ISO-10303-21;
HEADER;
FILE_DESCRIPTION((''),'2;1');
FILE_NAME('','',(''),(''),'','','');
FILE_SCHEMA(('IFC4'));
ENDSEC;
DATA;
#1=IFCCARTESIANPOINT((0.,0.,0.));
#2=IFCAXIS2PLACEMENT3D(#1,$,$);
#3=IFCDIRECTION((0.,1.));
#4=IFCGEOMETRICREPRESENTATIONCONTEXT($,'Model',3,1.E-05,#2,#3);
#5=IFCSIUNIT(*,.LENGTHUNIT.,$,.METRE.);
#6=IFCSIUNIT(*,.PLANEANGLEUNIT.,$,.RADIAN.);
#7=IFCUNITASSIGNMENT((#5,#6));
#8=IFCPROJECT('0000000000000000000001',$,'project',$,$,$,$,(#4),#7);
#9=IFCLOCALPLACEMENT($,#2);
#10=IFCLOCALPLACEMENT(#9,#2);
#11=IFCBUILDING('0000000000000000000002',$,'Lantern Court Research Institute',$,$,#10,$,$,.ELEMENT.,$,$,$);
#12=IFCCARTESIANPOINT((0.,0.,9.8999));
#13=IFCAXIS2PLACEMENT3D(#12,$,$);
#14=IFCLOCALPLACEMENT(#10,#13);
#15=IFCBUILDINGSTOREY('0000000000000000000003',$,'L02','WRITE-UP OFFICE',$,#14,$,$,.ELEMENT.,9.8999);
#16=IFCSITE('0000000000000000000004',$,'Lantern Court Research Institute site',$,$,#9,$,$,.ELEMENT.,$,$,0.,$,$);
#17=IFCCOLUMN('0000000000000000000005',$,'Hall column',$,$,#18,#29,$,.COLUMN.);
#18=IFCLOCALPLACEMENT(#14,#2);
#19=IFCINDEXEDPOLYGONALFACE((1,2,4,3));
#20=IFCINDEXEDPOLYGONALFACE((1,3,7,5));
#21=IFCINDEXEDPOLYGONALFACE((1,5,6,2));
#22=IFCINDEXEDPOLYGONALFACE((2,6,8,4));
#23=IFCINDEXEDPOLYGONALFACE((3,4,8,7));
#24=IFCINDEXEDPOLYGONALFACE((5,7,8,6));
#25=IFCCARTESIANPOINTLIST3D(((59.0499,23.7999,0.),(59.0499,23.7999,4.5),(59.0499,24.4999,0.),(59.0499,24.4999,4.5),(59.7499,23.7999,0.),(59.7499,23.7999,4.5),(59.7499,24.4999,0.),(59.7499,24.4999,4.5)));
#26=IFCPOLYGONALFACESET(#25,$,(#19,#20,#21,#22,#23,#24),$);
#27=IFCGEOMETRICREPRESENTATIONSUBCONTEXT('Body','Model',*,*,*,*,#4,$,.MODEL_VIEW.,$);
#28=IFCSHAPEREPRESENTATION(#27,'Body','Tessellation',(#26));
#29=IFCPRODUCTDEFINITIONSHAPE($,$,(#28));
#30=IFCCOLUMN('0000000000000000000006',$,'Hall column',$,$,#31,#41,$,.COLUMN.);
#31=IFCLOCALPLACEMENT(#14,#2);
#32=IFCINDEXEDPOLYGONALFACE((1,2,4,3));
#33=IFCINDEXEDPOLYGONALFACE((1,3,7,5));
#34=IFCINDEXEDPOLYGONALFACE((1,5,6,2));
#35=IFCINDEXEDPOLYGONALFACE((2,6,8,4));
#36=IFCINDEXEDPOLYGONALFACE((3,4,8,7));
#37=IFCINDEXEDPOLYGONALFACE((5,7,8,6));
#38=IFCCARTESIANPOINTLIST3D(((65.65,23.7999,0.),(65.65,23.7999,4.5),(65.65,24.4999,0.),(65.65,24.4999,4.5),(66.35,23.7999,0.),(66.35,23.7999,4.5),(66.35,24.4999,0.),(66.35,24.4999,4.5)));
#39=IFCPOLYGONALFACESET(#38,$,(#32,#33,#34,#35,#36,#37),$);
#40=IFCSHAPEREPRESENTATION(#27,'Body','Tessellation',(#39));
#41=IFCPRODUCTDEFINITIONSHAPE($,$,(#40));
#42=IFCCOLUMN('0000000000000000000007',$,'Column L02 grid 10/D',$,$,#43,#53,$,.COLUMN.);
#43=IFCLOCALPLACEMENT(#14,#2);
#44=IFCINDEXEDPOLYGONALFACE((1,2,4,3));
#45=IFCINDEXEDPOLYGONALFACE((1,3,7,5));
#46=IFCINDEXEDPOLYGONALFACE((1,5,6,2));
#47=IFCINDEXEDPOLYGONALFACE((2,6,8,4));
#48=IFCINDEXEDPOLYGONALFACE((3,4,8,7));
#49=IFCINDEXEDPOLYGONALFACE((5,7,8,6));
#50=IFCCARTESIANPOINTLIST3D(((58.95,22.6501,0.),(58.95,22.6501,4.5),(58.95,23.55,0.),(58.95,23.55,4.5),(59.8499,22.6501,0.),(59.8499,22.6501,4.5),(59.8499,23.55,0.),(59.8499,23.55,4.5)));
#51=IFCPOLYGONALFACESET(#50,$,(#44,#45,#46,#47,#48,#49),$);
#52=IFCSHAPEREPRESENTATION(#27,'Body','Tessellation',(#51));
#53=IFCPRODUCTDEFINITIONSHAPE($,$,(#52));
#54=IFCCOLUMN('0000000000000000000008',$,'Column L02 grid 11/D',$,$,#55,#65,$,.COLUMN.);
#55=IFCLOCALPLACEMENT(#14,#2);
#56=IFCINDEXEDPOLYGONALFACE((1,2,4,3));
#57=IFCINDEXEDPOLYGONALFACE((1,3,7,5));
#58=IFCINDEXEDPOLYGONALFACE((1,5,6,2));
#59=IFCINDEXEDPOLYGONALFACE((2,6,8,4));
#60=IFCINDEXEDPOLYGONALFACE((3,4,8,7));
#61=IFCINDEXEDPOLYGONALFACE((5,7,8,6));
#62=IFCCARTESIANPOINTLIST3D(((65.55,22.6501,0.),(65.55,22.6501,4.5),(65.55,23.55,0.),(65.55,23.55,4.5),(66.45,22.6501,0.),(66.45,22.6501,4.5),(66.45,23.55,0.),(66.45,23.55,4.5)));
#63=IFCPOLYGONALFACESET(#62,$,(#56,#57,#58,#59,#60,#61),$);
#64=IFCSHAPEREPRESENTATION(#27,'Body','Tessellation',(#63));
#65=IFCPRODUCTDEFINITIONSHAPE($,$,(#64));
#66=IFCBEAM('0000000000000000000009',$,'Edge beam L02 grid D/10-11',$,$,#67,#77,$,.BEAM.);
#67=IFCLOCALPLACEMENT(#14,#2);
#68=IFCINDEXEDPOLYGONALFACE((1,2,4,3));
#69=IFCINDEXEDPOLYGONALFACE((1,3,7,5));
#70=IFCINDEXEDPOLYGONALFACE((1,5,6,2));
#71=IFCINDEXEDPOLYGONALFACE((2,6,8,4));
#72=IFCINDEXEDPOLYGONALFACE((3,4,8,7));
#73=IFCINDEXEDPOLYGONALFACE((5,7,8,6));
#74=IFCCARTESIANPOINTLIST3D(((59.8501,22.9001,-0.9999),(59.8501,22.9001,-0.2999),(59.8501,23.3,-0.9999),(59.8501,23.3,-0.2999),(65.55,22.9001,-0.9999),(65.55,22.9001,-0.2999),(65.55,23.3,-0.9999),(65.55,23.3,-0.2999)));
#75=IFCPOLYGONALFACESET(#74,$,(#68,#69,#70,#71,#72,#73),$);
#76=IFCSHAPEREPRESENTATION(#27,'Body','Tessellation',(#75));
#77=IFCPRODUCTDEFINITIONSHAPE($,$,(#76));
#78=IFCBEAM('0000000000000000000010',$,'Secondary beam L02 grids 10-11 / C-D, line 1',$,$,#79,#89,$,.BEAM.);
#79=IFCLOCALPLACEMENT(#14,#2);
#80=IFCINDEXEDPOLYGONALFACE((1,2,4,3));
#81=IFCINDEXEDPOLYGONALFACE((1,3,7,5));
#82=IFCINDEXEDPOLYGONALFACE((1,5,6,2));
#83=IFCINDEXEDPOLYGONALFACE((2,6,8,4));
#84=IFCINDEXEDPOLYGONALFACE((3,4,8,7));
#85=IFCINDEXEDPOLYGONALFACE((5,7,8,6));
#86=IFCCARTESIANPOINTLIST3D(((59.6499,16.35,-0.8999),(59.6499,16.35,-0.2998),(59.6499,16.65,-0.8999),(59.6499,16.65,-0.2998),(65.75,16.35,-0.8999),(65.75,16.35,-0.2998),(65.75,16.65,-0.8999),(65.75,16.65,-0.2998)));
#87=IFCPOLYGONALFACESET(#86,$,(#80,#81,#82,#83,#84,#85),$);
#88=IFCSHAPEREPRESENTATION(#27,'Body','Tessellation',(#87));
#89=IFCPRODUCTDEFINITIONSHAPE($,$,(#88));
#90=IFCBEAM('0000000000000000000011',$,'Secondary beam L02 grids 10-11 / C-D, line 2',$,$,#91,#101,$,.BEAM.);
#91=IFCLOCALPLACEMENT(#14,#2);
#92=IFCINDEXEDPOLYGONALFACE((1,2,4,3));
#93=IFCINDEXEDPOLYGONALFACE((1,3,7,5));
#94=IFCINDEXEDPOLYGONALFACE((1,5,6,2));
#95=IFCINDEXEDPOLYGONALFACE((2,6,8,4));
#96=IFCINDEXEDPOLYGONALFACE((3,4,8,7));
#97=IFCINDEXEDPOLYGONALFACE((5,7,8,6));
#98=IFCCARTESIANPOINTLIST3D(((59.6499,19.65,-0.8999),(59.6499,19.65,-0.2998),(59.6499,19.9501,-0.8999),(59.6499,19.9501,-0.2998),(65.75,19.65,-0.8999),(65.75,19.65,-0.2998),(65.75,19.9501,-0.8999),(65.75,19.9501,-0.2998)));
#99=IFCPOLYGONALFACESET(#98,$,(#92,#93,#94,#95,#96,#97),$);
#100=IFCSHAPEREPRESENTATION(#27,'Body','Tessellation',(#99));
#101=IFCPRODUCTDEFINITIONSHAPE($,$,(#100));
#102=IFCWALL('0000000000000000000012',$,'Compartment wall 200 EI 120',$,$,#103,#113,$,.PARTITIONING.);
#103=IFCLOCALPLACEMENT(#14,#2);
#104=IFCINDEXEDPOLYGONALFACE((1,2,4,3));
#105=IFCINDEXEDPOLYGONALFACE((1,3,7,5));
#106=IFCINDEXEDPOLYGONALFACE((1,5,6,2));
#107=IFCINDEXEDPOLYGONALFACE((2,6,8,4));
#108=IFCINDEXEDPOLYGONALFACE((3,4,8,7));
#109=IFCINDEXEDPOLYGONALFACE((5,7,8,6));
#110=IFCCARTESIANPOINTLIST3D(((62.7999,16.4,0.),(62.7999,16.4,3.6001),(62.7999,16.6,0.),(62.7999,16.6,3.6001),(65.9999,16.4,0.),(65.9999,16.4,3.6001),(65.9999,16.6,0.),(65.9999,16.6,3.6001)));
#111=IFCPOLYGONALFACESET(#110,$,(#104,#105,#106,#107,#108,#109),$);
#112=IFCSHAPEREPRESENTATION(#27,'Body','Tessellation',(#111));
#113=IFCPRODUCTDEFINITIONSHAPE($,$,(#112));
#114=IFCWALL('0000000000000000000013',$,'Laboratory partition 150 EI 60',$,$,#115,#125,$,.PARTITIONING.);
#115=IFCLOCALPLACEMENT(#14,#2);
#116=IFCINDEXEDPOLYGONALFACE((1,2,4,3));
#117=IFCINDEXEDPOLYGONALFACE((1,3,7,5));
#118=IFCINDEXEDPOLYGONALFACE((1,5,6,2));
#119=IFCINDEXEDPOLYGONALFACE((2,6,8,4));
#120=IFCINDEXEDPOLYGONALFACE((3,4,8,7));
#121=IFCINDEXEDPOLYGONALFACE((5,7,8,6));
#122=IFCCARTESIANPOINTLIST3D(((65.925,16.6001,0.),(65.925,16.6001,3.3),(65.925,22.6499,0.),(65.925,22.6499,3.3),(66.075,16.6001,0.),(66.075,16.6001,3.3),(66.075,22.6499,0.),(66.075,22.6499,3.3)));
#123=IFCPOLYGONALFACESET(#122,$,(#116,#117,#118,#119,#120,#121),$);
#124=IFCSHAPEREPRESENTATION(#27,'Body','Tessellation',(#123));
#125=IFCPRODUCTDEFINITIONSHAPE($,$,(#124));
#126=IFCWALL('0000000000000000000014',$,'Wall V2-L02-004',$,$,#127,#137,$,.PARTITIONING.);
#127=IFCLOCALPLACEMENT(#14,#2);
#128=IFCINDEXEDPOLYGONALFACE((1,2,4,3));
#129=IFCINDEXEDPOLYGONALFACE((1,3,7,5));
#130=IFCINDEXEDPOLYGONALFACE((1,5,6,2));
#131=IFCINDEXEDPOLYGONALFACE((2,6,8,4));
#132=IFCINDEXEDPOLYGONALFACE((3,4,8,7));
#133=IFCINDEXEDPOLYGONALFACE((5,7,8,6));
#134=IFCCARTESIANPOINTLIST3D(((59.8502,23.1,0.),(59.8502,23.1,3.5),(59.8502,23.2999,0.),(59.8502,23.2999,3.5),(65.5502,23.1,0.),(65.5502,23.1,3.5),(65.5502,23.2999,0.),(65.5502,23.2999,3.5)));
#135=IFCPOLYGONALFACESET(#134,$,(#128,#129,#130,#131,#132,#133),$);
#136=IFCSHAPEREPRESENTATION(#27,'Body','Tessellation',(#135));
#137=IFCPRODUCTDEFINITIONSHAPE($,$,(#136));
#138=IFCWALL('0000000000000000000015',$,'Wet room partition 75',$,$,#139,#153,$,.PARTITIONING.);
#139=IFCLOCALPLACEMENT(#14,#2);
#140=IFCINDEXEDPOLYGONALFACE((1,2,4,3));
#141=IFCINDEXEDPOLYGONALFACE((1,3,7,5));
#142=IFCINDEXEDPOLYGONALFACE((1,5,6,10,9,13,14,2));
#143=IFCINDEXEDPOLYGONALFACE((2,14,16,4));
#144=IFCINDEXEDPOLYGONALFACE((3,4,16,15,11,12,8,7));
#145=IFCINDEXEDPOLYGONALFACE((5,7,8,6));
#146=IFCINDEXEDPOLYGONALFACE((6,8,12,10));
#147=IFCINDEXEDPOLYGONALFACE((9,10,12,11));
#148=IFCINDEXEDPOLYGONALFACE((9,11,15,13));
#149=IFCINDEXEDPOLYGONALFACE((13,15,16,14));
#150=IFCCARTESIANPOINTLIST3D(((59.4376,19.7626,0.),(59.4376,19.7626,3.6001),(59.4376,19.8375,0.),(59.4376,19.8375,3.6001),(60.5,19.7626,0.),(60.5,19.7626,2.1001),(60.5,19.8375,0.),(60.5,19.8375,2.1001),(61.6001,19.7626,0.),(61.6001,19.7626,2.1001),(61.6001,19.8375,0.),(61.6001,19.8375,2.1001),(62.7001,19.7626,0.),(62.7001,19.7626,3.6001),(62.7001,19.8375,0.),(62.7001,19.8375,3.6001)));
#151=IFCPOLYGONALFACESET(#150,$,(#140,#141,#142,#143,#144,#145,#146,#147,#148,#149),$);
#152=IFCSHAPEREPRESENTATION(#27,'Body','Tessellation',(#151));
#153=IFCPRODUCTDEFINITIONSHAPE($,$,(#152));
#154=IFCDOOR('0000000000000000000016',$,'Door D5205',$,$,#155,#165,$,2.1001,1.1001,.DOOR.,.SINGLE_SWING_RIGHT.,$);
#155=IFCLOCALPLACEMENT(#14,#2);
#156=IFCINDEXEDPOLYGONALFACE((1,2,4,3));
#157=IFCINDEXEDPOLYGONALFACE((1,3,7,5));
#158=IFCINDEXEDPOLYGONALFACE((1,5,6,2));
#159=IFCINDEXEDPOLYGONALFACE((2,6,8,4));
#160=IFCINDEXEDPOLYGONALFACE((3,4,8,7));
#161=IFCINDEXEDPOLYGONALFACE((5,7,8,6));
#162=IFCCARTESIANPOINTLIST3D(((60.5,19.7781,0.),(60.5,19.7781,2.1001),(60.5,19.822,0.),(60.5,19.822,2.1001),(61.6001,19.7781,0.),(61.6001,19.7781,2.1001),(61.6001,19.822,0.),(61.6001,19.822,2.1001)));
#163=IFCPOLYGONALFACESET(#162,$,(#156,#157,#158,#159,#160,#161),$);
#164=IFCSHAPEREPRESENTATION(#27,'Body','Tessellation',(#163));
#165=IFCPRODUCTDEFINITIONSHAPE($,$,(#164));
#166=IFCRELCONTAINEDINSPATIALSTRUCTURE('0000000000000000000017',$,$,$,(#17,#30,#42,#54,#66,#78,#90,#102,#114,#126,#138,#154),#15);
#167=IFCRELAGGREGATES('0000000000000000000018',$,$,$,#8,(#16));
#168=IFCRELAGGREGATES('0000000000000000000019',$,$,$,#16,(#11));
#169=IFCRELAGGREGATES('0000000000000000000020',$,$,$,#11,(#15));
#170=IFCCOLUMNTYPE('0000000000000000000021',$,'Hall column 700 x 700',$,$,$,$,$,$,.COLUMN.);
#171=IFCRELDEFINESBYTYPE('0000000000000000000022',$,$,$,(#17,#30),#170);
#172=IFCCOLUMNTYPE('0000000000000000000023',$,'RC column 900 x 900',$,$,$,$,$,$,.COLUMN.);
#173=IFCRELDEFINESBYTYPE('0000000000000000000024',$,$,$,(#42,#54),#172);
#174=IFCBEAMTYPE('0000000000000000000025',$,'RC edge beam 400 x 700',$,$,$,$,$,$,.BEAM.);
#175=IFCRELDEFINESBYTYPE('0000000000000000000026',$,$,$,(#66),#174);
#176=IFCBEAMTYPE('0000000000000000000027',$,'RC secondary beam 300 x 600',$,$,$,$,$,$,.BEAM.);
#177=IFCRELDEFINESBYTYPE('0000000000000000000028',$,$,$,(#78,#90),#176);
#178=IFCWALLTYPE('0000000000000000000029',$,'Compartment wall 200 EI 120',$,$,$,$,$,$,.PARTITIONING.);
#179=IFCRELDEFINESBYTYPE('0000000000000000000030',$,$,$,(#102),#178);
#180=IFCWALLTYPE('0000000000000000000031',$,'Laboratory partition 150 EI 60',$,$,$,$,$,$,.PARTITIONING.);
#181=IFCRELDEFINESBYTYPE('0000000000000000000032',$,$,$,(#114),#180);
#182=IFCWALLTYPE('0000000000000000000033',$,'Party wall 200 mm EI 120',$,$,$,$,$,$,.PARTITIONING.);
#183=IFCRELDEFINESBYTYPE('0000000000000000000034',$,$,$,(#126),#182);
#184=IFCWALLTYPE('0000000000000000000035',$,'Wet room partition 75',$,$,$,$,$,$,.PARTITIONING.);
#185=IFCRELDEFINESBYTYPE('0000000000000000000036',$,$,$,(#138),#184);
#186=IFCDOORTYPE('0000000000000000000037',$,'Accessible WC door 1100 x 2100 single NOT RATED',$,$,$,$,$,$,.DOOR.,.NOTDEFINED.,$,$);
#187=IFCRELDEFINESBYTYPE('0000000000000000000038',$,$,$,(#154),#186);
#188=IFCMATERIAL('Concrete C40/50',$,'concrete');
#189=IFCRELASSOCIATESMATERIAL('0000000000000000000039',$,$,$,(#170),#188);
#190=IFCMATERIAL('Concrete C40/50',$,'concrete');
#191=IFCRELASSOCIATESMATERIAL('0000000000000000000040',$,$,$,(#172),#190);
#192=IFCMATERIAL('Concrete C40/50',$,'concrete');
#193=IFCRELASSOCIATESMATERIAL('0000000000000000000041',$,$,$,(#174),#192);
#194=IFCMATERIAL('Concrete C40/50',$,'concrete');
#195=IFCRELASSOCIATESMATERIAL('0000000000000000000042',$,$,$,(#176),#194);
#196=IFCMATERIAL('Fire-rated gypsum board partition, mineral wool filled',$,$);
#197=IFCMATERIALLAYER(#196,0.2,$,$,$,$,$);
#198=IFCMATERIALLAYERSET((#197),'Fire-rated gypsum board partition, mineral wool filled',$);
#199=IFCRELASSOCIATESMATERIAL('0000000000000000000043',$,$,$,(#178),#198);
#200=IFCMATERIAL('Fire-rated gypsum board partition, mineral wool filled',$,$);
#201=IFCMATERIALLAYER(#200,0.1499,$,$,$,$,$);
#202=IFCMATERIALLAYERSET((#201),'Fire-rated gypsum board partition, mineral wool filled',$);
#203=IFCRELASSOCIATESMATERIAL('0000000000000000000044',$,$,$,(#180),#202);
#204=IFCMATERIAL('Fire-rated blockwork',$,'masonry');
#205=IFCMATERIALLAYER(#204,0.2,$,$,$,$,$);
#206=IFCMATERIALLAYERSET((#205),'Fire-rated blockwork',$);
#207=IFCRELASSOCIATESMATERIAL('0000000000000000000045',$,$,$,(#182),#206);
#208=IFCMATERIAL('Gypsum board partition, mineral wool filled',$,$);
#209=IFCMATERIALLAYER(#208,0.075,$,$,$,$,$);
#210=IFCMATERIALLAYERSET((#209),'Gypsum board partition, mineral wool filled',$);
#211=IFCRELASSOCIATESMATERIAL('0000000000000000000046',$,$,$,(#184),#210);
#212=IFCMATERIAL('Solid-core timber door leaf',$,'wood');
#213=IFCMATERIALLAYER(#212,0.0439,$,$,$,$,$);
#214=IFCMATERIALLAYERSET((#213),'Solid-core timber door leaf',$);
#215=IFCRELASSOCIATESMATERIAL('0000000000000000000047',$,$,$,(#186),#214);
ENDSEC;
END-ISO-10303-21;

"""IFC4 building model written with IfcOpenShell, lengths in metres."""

from ifc_helpers import new_model, si_unit, direction, frame, frame_2d, origin, origin_2d, place, context, subcontext, project, spatial, rectangle, extrude, material, layer, layer_set, material_profile, profile_set, type_object, element, fill, save


model = new_model("IFC4")

# Units and contexts
model_context = context("Model", 3, precision=1e-05, world=origin(), true_north=direction((0.0, 1.0)))
body_context = subcontext(model_context, "Body", "Model", "MODEL_VIEW")
ifc_project = project(units=[si_unit("LENGTHUNIT", "METRE"), si_unit("PLANEANGLEUNIT", "RADIAN")], contexts=[model_context])

# Site, building, storey
site_placement = place(None, origin())
site = spatial("IfcSite", under=ifc_project, at=site_placement, Name="Lantern Court Research Institute site", CompositionType="ELEMENT", RefElevation=0.0)
building_placement = place(site_placement, origin())
building = spatial("IfcBuilding", under=site, at=building_placement, Name="Lantern Court Research Institute", CompositionType="ELEMENT")
storey_placement = place(building_placement, frame((0.0, 0.0, 9.8999)))
storey = spatial("IfcBuildingStorey", under=building, at=storey_placement, Name="L02", Description="WRITE-UP OFFICE", CompositionType="ELEMENT", Elevation=9.8999)

# Columns
ifc_material_1 = material(Name="Concrete C40/50", Category="concrete")
ifc_material_profile_1 = material_profile(ifc_material_1, rectangle(XDim=0.7, YDim=0.7, at=origin_2d()), Name="Hall column 700 x 700")
ifc_profile_set_1 = profile_set([ifc_material_profile_1], Name="Concrete C40/50")
column_type_1 = type_object("IfcColumnType", Name="Hall column 700 x 700", PredefinedType="COLUMN", material=ifc_profile_set_1)
for number, where, z_axis, x_axis, name in (
    (1, (59.3999, 24.1499, 0.0), (0.0, 0.0, 1.0), (1.0, 0.0, 0.0), "Hall column"),
    (2, (66.0, 24.1499, 0.0), (0.0, 0.0, 1.0), (1.0, 0.0, 0.0), "Hall column"),
):
    element("IfcColumn", number, at=place(storey_placement, frame(where, z_axis=z_axis, x_axis=x_axis)), inside=storey, type_object=column_type_1, Name=name, PredefinedType="COLUMN", context=body_context, shape_type="SweptSolid", body=[
        extrude(rectangle(XDim=0.7, YDim=0.7, at=origin_2d()), origin(), (0.0, 0.0, 1.0), 4.5),
    ])
ifc_material_2 = material(Name="Concrete C40/50", Category="concrete")
ifc_material_profile_2 = material_profile(ifc_material_2, rectangle(XDim=0.8999, YDim=0.8999, at=origin_2d()), Name="RC column 900 x 900")
ifc_profile_set_2 = profile_set([ifc_material_profile_2], Name="Concrete C40/50")
column_type_2 = type_object("IfcColumnType", Name="RC column 900 x 900", PredefinedType="COLUMN", material=ifc_profile_set_2)
for number, where, z_axis, x_axis, name in (
    (3, (59.3999, 23.1001, 0.0), (0.0, 0.0, 1.0), (1.0, 0.0, 0.0), "Column L02 grid 10/D"),
    (4, (66.0, 23.1001, 0.0), (0.0, 0.0, 1.0), (1.0, 0.0, 0.0), "Column L02 grid 11/D"),
):
    element("IfcColumn", number, at=place(storey_placement, frame(where, z_axis=z_axis, x_axis=x_axis)), inside=storey, type_object=column_type_2, Name=name, PredefinedType="COLUMN", context=body_context, shape_type="SweptSolid", body=[
        extrude(rectangle(XDim=0.8999, YDim=0.8999, at=origin_2d()), origin(), (0.0, 0.0, 1.0), 4.5),
    ])

# Beams
ifc_material_3 = material(Name="Concrete C40/50", Category="concrete")
ifc_material_profile_3 = material_profile(ifc_material_3, rectangle(XDim=0.3999, YDim=0.7, at=origin_2d()), Name="RC beam 400 x 700")
ifc_profile_set_3 = profile_set([ifc_material_profile_3], Name="Concrete C40/50")
beam_type_1 = type_object("IfcBeamType", Name="RC edge beam 400 x 700", PredefinedType="BEAM", material=ifc_profile_set_3)
beam_placement = place(storey_placement, frame((59.8501, 23.1001, -0.6499), z_axis=(1.0, 0.0, 0.0), x_axis=(0.0, 1.0, 0.0)))
element("IfcBeam", 5, at=beam_placement, inside=storey, type_object=beam_type_1, Name="Edge beam L02 grid D/10-11", PredefinedType="BEAM", context=body_context, shape_type="SweptSolid", body=[
    extrude(rectangle(XDim=0.3999, YDim=0.7, at=origin_2d()), origin(), (0.0, 0.0, 1.0), 5.7),
])
ifc_material_4 = material(Name="Concrete C40/50", Category="concrete")
ifc_material_profile_4 = material_profile(ifc_material_4, rectangle(XDim=0.3, YDim=0.6001, at=origin_2d()), Name="RC beam 300 x 600")
ifc_profile_set_4 = profile_set([ifc_material_profile_4], Name="Concrete C40/50")
beam_type_2 = type_object("IfcBeamType", Name="RC secondary beam 300 x 600", PredefinedType="BEAM", material=ifc_profile_set_4)
for number, where, z_axis, x_axis, name in (
    (6, (59.6499, 16.5, -0.5999), (1.0, 0.0, 0.0), (0.0, 1.0, 0.0), "Secondary beam L02 grids 10-11 / C-D, line 1"),
    (7, (59.6499, 19.8, -0.5999), (1.0, 0.0, 0.0), (0.0, 1.0, 0.0), "Secondary beam L02 grids 10-11 / C-D, line 2"),
):
    element("IfcBeam", number, at=place(storey_placement, frame(where, z_axis=z_axis, x_axis=x_axis)), inside=storey, type_object=beam_type_2, Name=name, PredefinedType="BEAM", context=body_context, shape_type="SweptSolid", body=[
        extrude(rectangle(XDim=0.3, YDim=0.6001, at=origin_2d()), origin(), (0.0, 0.0, 1.0), 6.1001),
    ])

# Walls
ifc_material_5 = material(Name="Fire-rated gypsum board partition, mineral wool filled")
ifc_layer_1 = layer(ifc_material_5, 0.2)
ifc_layer_set_1 = layer_set([ifc_layer_1], Name="Fire-rated gypsum board partition, mineral wool filled")
wall_type_1 = type_object("IfcWallType", Name="Compartment wall 200 EI 120", PredefinedType="PARTITIONING", material=ifc_layer_set_1)
wall_1_placement = place(storey_placement, frame((66.0, 16.5, 0.0), z_axis=(0.0, 0.0, 1.0), x_axis=(-1.0, 0.0, 0.0)))
element("IfcWall", 8, at=wall_1_placement, inside=storey, type_object=wall_type_1, Name="Compartment wall 200 EI 120", PredefinedType="PARTITIONING", context=body_context, shape_type="SweptSolid", body=[
    extrude(rectangle(XDim=3.2, YDim=0.2, at=frame_2d((1.6001, 0.0))), origin(), (0.0, 0.0, 1.0), 3.6001),
])
ifc_material_6 = material(Name="Fire-rated gypsum board partition, mineral wool filled")
ifc_layer_2 = layer(ifc_material_6, 0.1499)
ifc_layer_set_2 = layer_set([ifc_layer_2], Name="Fire-rated gypsum board partition, mineral wool filled")
wall_type_2 = type_object("IfcWallType", Name="Laboratory partition 150 EI 60", PredefinedType="PARTITIONING", material=ifc_layer_set_2)
wall_2_placement = place(storey_placement, frame((66.0, 16.6001, 0.0), z_axis=(0.0, 0.0, 1.0), x_axis=(0.0, 1.0, 0.0)))
element("IfcWall", 9, at=wall_2_placement, inside=storey, type_object=wall_type_2, Name="Laboratory partition 150 EI 60", PredefinedType="PARTITIONING", context=body_context, shape_type="SweptSolid", body=[
    extrude(rectangle(XDim=6.0498, YDim=0.1499, at=frame_2d((3.0249, 0.0))), origin(), (0.0, 0.0, 1.0), 3.3),
])
ifc_material_7 = material(Name="Fire-rated blockwork", Category="masonry")
ifc_layer_3 = layer(ifc_material_7, 0.2)
ifc_layer_set_3 = layer_set([ifc_layer_3], Name="Fire-rated blockwork")
wall_type_3 = type_object("IfcWallType", Name="Party wall 200 mm EI 120", PredefinedType="PARTITIONING", material=ifc_layer_set_3)
wall_3_placement = place(storey_placement, frame((59.8501, 23.2, 0.0), z_axis=(0.0, 0.0, 1.0), x_axis=(1.0, 0.0, 0.0)))
element("IfcWall", 10, at=wall_3_placement, inside=storey, type_object=wall_type_3, Name="Wall V2-L02-004", PredefinedType="PARTITIONING", context=body_context, shape_type="SweptSolid", body=[
    extrude(rectangle(XDim=5.7, YDim=0.2, at=frame_2d((2.8501, 0.0))), origin(), (0.0, 0.0, 1.0), 3.5),
])

# Wall, opening, door
ifc_material_8 = material(Name="Gypsum board partition, mineral wool filled")
ifc_layer_4 = layer(ifc_material_8, 0.075)
ifc_layer_set_4 = layer_set([ifc_layer_4], Name="Gypsum board partition, mineral wool filled")
wall_type_4 = type_object("IfcWallType", Name="Wet room partition 75", PredefinedType="PARTITIONING", material=ifc_layer_set_4)
wall_4_placement = place(storey_placement, frame((59.4375, 19.8, 0.0), z_axis=(0.0, 0.0, 1.0), x_axis=(1.0, 0.0, 0.0)))
wall_4 = element("IfcWall", 11, at=wall_4_placement, inside=storey, type_object=wall_type_4, Name="Wet room partition 75", PredefinedType="PARTITIONING", context=body_context, shape_type="SweptSolid", body=[
    extrude(rectangle(XDim=3.2625, YDim=0.075, at=frame_2d((1.6313, 0.0))), origin(), (0.0, 0.0, 1.0), 3.6001),
])
opening_1_placement = place(wall_4_placement, frame((1.0625, 0.0, 0.0)))
opening_1 = element("IfcOpeningElement", 12, at=opening_1_placement, cuts=wall_4, PredefinedType="OPENING", context=body_context, shape_type="SweptSolid", body=[
    extrude(rectangle(XDim=1.1001, YDim=2.1001, at=frame_2d((0.55, 1.05))), frame((0.0, 0.0474, 0.0), z_axis=(0.0, -1.0, 0.0), x_axis=(1.0, 0.0, 0.0)), (0.0, 0.0, 1.0), 0.095),
])
ifc_material_9 = material(Name="Solid-core timber door leaf", Category="wood")
ifc_layer_5 = layer(ifc_material_9, 0.0439)
ifc_layer_set_5 = layer_set([ifc_layer_5], Name="Solid-core timber door leaf")
door_type_1 = type_object("IfcDoorType", Name="Accessible WC door 1100 x 2100 single NOT RATED", OperationType="NOTDEFINED", PredefinedType="DOOR", material=ifc_layer_set_5)
door_1_placement = place(opening_1_placement, origin())
door_1 = element("IfcDoor", 13, at=door_1_placement, inside=storey, type_object=door_type_1, Name="Door D5205", OperationType="SINGLE_SWING_RIGHT", OverallHeight=2.1001, OverallWidth=1.1001, PredefinedType="DOOR", context=body_context, shape_type="SweptSolid", body=[
    extrude(rectangle(XDim=1.1001, YDim=2.1001, at=frame_2d((0.55, 1.05))), frame((0.0, 0.022, 0.0), z_axis=(0.0, -1.0, 0.0), x_axis=(1.0, 0.0, 0.0)), (0.0, 0.0, 1.0), 0.0439),
])
fill(opening_1, door_1)

save(model, "model.ifc")
